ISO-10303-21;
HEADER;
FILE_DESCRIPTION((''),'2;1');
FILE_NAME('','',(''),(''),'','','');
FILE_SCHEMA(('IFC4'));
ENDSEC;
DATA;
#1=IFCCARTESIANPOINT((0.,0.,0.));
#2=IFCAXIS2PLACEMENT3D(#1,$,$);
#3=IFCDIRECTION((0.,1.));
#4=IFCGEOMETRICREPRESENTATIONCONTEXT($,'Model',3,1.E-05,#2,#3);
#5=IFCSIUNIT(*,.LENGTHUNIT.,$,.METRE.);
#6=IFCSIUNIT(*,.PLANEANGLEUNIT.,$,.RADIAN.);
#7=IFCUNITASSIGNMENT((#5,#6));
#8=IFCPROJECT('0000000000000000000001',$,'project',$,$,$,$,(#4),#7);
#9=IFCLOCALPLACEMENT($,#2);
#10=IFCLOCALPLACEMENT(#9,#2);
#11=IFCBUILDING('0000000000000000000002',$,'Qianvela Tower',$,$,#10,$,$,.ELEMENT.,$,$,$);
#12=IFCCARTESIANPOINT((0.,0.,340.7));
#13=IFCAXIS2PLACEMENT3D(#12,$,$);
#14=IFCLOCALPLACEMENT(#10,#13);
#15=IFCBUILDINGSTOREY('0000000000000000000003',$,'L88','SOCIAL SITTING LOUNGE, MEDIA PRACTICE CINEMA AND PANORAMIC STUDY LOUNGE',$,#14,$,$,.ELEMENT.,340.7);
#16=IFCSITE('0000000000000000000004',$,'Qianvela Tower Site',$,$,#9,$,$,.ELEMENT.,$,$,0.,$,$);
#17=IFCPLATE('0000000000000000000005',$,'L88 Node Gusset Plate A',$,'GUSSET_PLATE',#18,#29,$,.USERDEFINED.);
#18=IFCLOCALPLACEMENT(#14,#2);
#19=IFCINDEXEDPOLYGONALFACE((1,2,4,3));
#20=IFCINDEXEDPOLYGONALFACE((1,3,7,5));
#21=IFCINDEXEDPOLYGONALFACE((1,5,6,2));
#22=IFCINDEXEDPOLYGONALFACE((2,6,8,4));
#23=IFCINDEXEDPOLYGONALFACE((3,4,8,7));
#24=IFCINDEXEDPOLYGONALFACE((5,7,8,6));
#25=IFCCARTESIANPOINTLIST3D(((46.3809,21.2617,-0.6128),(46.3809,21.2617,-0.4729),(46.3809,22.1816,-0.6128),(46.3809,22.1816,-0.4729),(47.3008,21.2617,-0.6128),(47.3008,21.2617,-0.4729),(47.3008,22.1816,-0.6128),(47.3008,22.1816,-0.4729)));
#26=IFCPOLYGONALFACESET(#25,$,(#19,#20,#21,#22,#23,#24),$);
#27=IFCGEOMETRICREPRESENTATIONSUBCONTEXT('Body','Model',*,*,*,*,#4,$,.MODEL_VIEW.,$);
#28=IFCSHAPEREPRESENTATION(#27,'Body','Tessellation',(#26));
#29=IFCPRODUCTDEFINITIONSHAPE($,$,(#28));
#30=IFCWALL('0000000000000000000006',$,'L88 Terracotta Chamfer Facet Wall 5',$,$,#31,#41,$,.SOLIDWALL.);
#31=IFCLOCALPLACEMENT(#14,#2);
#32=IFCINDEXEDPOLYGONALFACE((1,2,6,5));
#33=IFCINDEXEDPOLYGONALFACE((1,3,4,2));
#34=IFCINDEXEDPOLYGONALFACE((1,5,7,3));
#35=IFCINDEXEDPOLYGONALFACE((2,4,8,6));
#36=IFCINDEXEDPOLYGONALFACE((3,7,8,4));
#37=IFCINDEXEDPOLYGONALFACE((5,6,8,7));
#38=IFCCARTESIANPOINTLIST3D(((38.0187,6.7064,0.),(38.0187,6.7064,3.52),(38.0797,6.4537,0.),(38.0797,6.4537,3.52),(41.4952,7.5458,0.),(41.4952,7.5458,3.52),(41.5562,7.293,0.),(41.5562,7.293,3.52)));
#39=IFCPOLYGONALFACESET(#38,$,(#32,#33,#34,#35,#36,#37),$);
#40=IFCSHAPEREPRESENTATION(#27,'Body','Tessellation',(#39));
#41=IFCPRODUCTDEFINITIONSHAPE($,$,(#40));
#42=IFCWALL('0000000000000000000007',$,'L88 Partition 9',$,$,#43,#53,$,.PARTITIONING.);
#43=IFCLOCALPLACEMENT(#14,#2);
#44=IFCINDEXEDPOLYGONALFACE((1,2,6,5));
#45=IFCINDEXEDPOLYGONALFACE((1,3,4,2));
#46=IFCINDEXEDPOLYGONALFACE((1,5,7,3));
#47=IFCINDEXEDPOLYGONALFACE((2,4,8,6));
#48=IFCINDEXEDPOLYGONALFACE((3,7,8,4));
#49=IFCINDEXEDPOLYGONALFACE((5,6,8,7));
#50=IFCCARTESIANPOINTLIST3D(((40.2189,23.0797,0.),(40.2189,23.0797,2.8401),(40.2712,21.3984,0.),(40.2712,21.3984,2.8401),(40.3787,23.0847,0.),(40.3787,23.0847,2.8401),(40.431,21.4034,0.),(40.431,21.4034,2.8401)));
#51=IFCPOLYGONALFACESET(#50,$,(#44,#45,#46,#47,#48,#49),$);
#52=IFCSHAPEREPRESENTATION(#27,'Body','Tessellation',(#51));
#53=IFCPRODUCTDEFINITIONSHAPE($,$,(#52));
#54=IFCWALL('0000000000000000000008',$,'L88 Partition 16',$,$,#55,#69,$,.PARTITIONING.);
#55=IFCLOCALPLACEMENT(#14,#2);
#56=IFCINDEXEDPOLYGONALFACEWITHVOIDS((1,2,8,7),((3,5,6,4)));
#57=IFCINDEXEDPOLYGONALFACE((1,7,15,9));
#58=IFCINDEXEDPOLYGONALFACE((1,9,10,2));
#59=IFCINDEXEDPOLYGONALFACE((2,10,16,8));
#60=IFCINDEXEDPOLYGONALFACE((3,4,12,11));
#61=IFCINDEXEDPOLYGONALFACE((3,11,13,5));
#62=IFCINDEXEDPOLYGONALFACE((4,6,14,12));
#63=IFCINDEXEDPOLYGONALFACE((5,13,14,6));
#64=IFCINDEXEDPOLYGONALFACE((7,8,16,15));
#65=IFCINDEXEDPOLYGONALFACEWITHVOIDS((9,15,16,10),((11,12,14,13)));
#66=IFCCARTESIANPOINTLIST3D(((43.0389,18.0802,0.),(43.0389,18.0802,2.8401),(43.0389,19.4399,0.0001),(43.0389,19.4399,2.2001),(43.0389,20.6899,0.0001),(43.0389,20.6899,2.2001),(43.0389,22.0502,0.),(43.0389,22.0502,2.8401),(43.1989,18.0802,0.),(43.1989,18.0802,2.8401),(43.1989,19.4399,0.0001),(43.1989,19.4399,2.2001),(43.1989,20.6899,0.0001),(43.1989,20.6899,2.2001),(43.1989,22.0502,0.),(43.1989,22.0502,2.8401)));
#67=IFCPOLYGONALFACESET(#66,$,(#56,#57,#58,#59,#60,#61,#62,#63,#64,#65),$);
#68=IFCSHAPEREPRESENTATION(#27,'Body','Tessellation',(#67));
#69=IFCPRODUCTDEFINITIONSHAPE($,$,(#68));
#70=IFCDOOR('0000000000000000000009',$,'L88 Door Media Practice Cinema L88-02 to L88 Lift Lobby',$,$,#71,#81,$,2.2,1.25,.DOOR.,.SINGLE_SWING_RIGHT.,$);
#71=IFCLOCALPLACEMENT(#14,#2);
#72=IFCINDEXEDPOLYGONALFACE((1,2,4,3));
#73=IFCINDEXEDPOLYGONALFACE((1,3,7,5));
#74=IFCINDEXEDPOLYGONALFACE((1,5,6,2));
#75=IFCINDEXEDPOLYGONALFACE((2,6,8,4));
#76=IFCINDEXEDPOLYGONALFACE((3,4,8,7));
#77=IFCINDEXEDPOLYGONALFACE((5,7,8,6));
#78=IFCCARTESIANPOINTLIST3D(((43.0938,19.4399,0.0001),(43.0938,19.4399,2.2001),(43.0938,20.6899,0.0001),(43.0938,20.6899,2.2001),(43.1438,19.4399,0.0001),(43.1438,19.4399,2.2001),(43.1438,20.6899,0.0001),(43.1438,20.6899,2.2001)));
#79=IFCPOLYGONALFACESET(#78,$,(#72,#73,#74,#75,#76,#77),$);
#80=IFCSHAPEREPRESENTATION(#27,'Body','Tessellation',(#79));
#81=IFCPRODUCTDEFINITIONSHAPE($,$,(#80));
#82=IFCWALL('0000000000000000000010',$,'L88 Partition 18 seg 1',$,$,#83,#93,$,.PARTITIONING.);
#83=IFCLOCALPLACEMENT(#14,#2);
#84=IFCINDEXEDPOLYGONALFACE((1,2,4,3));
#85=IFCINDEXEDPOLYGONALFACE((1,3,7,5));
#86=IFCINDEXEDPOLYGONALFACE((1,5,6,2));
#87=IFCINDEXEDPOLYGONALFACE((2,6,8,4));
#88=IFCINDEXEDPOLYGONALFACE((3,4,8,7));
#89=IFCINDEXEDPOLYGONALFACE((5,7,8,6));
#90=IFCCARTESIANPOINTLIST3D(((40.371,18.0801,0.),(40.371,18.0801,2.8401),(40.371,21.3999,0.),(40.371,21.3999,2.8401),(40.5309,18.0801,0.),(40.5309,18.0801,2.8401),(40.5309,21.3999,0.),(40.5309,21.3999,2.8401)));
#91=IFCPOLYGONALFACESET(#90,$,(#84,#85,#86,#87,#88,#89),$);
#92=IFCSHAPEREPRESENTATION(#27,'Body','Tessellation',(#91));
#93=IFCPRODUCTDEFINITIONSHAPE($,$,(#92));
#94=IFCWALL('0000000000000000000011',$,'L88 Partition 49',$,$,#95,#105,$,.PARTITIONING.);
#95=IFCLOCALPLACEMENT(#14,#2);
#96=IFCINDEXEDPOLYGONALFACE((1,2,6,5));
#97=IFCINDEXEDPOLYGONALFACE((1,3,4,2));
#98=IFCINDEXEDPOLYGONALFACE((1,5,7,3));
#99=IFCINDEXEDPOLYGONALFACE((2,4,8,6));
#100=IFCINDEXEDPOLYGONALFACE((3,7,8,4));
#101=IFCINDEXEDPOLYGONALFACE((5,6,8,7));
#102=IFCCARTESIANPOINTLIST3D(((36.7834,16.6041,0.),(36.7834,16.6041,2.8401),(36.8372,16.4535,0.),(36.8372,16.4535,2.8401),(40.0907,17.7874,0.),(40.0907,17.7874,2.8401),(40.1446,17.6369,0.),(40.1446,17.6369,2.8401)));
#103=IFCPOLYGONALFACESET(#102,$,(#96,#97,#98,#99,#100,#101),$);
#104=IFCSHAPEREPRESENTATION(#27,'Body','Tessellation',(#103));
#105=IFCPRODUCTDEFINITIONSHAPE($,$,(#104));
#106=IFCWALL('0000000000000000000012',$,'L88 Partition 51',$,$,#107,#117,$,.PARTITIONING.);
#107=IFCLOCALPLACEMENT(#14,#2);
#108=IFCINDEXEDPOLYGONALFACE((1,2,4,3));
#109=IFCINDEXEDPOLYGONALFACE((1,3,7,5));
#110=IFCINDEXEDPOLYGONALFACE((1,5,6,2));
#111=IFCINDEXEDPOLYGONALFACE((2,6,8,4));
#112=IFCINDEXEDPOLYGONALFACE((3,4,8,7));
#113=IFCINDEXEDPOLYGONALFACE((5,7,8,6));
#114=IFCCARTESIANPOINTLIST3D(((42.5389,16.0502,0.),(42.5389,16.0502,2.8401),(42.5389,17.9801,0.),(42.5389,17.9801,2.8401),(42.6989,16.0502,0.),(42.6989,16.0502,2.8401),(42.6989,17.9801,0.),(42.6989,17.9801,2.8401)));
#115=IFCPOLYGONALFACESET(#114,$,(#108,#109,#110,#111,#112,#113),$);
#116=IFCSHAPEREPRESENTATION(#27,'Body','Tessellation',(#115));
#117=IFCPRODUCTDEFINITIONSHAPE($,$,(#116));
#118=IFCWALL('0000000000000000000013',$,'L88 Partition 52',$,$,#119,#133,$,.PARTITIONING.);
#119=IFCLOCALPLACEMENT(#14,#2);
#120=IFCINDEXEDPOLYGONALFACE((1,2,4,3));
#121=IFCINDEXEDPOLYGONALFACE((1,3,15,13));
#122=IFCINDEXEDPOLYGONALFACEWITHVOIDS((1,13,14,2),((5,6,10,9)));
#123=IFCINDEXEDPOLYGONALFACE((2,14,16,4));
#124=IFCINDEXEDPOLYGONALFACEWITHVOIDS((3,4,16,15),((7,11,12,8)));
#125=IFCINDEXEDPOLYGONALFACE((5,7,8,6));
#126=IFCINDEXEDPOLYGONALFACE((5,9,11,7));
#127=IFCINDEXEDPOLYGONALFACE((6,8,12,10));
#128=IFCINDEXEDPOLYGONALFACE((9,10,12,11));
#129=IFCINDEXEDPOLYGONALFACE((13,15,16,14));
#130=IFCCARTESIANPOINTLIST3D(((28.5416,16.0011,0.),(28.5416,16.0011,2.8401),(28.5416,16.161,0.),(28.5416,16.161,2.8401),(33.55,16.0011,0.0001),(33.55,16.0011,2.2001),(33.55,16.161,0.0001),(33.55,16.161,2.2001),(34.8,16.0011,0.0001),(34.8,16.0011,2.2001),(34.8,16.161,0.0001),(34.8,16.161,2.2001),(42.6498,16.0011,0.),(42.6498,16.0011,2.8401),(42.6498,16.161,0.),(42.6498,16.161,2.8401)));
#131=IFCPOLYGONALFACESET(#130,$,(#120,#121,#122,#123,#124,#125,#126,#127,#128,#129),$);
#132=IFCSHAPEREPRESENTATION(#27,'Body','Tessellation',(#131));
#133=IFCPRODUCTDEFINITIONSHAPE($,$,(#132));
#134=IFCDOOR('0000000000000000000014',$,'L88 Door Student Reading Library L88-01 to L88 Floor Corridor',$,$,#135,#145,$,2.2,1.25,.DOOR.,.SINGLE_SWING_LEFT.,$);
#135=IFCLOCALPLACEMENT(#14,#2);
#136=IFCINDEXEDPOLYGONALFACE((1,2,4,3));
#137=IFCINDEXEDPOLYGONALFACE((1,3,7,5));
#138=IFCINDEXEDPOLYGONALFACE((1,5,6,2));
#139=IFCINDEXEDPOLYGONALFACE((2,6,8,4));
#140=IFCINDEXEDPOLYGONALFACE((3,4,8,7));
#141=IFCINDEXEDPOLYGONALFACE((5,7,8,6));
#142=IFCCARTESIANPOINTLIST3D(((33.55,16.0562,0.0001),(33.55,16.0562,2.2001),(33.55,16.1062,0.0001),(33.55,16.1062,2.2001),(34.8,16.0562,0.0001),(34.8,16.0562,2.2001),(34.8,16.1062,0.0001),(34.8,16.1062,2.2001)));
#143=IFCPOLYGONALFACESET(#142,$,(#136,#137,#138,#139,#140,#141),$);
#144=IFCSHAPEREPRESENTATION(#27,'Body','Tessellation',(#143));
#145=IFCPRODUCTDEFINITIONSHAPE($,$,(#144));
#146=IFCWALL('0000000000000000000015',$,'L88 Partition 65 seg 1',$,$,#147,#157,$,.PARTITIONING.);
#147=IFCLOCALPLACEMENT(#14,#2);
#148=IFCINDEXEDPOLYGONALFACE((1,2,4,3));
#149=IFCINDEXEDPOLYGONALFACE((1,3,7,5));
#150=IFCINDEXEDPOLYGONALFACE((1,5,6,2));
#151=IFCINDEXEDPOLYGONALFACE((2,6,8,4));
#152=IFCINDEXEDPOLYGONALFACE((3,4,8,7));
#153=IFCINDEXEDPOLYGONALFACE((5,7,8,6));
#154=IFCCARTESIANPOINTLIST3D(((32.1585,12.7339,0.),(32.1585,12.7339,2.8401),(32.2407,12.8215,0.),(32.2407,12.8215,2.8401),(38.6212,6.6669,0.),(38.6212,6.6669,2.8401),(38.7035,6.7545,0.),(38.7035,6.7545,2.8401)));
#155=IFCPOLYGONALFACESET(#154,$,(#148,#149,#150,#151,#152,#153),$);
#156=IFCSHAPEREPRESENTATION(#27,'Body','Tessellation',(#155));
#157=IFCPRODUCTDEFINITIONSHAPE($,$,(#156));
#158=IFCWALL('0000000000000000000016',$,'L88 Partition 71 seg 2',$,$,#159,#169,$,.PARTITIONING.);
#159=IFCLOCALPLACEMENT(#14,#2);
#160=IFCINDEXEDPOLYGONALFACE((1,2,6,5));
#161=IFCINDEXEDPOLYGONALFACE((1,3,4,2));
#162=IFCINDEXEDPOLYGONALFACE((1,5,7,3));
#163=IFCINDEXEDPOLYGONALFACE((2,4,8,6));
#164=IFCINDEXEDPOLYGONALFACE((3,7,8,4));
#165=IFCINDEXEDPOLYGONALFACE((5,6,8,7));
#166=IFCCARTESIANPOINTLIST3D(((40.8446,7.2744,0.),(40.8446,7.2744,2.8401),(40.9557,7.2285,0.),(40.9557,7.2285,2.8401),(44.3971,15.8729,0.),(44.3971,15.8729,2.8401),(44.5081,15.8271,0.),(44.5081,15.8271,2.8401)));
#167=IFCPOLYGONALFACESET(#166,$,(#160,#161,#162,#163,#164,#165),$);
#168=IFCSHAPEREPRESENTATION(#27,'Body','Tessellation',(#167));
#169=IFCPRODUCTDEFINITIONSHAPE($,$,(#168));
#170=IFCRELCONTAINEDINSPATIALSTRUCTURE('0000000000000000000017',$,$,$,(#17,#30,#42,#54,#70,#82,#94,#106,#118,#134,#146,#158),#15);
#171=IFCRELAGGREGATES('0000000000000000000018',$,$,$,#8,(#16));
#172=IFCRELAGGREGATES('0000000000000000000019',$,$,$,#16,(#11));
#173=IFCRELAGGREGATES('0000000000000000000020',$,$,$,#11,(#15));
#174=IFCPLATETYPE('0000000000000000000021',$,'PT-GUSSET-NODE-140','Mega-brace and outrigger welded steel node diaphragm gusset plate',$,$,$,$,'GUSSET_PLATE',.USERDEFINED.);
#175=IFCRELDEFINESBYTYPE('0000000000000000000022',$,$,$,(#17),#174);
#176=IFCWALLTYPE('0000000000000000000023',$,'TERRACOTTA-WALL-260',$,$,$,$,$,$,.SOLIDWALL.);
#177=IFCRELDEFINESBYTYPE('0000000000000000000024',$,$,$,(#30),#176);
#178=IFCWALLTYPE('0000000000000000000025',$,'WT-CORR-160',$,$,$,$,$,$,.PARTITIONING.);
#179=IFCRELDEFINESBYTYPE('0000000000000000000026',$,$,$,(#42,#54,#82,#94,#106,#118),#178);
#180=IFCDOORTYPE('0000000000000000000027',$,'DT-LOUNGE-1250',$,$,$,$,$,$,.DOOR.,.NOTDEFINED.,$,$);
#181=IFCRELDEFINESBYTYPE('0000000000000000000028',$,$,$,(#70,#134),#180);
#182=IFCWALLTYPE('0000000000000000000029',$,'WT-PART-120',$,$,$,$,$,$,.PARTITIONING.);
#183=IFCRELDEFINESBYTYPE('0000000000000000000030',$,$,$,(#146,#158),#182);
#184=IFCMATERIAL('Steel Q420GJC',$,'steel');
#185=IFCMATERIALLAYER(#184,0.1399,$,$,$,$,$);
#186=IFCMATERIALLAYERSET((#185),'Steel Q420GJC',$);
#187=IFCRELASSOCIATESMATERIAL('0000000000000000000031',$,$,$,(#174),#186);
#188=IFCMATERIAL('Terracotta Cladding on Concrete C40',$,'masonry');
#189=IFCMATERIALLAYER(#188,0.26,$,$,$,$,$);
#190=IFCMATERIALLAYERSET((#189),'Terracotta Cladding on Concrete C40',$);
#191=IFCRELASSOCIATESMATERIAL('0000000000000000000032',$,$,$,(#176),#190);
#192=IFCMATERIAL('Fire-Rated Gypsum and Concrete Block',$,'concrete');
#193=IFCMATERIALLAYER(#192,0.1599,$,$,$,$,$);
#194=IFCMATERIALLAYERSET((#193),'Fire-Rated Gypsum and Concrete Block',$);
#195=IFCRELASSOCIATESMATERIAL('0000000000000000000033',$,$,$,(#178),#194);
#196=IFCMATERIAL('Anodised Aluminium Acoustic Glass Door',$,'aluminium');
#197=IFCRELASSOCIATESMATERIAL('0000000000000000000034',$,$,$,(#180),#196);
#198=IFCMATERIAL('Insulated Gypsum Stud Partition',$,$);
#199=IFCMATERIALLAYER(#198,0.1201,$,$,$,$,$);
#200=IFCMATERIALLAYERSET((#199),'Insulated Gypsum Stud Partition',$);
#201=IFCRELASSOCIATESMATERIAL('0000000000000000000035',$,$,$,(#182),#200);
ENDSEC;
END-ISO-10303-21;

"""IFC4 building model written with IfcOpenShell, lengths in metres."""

from ifc_helpers import new_model, si_unit, direction, frame, frame_2d, origin, origin_2d, place, context, subcontext, project, spatial, rectangle, extrude, material, layer, layer_set, type_object, element, fill, save


model = new_model("IFC4")

# Units and contexts
model_context = context("Model", 3, precision=1e-05, world=origin(), true_north=direction((0.0, 1.0)))
body_context = subcontext(model_context, "Body", "Model", "MODEL_VIEW")
ifc_project = project(units=[si_unit("LENGTHUNIT", "METRE"), si_unit("PLANEANGLEUNIT", "RADIAN")], contexts=[model_context])

# Site, building, storey
site_placement = place(None, origin())
site = spatial("IfcSite", under=ifc_project, at=site_placement, Name="Qianvela Tower Site", CompositionType="ELEMENT", RefElevation=0.0)
building_placement = place(site_placement, origin())
building = spatial("IfcBuilding", under=site, at=building_placement, Name="Qianvela Tower", CompositionType="ELEMENT")
storey_placement = place(building_placement, frame((0.0, 0.0, 340.7)))
storey = spatial("IfcBuildingStorey", under=building, at=storey_placement, Name="L88", Description="SOCIAL SITTING LOUNGE, MEDIA PRACTICE CINEMA AND PANORAMIC STUDY LOUNGE", CompositionType="ELEMENT", Elevation=340.7)

# Plate
ifc_material_1 = material(Name="Steel Q420GJC", Category="steel")
ifc_layer_1 = layer(ifc_material_1, 0.1399)
ifc_layer_set_1 = layer_set([ifc_layer_1], Name="Steel Q420GJC")
plate_type_1 = type_object("IfcPlateType", Name="PT-GUSSET-NODE-140", Description="Mega-brace and outrigger welded steel node diaphragm gusset plate", ElementType="GUSSET_PLATE", PredefinedType="USERDEFINED", material=ifc_layer_set_1)
plate_1_placement = place(storey_placement, frame((46.8408, 21.7217, -0.6128), z_axis=(0.0, 0.0, 1.0), x_axis=(1.0, 0.0, 0.0)))
element("IfcPlate", 1, at=plate_1_placement, inside=storey, type_object=plate_type_1, Name="L88 Node Gusset Plate A", ObjectType="GUSSET_PLATE", PredefinedType="USERDEFINED", context=body_context, shape_type="SweptSolid", body=[
    extrude(rectangle(XDim=0.9199, YDim=0.9199, at=origin_2d()), origin(), (0.0, 0.0, 1.0), 0.1399),
])

# Walls
ifc_material_2 = material(Name="Terracotta Cladding on Concrete C40", Category="masonry")
ifc_layer_2 = layer(ifc_material_2, 0.26)
ifc_layer_set_2 = layer_set([ifc_layer_2], Name="Terracotta Cladding on Concrete C40")
wall_type_1 = type_object("IfcWallType", Name="TERRACOTTA-WALL-260", PredefinedType="SOLIDWALL", material=ifc_layer_set_2)
wall_1_placement = place(storey_placement, frame((38.0493, 6.5801, 0.0), z_axis=(0.0, 0.0, 1.0), x_axis=(0.97207, 0.234689, 0.0)))
element("IfcWall", 2, at=wall_1_placement, inside=storey, type_object=wall_type_1, Name="L88 Terracotta Chamfer Facet Wall 5", PredefinedType="SOLIDWALL", context=body_context, shape_type="SweptSolid", body=[
    extrude(rectangle(XDim=3.5764, YDim=0.26, at=frame_2d((1.7881, 0.0))), origin(), (0.0, 0.0, 1.0), 3.52),
])
ifc_material_3 = material(Name="Fire-Rated Gypsum and Concrete Block", Category="concrete")
ifc_layer_3 = layer(ifc_material_3, 0.1599)
ifc_layer_set_3 = layer_set([ifc_layer_3], Name="Fire-Rated Gypsum and Concrete Block")
wall_type_2 = type_object("IfcWallType", Name="WT-CORR-160", PredefinedType="PARTITIONING", material=ifc_layer_set_3)
wall_2_placement = place(storey_placement, frame((40.3511, 21.4009, 0.0), z_axis=(0.0, 0.0, 1.0), x_axis=(-0.031058, 0.999518, 0.0)))
element("IfcWall", 3, at=wall_2_placement, inside=storey, type_object=wall_type_2, Name="L88 Partition 9", PredefinedType="PARTITIONING", context=body_context, shape_type="SweptSolid", body=[
    extrude(rectangle(XDim=1.6821, YDim=0.1599, at=frame_2d((0.8411, 0.0))), origin(), (0.0, 0.0, 1.0), 2.8401),
])

# Wall, opening, door
wall_3_placement = place(storey_placement, frame((43.1189, 22.05, 0.0), z_axis=(0.0, 0.0, 1.0), x_axis=(0.0, -1.0, 0.0)))
wall_3 = element("IfcWall", 4, at=wall_3_placement, inside=storey, type_object=wall_type_2, Name="L88 Partition 16", PredefinedType="PARTITIONING", context=body_context, shape_type="SweptSolid", body=[
    extrude(rectangle(XDim=3.97, YDim=0.1599, at=frame_2d((1.9849, 0.0))), origin(), (0.0, 0.0, 1.0), 2.8401),
])
opening_1_placement = place(wall_3_placement, frame((1.3601, 0.0, 0.0)))
opening_1 = element("IfcOpeningElement", 5, at=opening_1_placement, cuts=wall_3, PredefinedType="OPENING", context=body_context, shape_type="SweptSolid", body=[
    extrude(rectangle(XDim=1.25, YDim=2.2, at=frame_2d((0.625, 1.1001))), frame((0.0, 0.0898, 0.0), z_axis=(0.0, -1.0, 0.0), x_axis=(1.0, 0.0, 0.0)), (0.0, 0.0, 1.0), 0.1799),
])
ifc_material_4 = material(Name="Anodised Aluminium Acoustic Glass Door", Category="aluminium")
door_type_1 = type_object("IfcDoorType", Name="DT-LOUNGE-1250", OperationType="NOTDEFINED", PredefinedType="DOOR", material=ifc_material_4)
door_1_placement = place(opening_1_placement, origin())
door_1 = element("IfcDoor", 6, at=door_1_placement, inside=storey, type_object=door_type_1, Name="L88 Door Media Practice Cinema L88-02 to L88 Lift Lobby", OperationType="SINGLE_SWING_RIGHT", OverallHeight=2.2, OverallWidth=1.25, PredefinedType="DOOR", context=body_context, shape_type="SweptSolid", body=[
    extrude(rectangle(XDim=1.25, YDim=2.2, at=frame_2d((0.625, 1.1001))), frame((0.0, 0.0249, 0.0), z_axis=(0.0, -1.0, 0.0), x_axis=(1.0, 0.0, 0.0)), (0.0, 0.0, 1.0), 0.05),
])
fill(opening_1, door_1)

# Walls
wall_4_placement = place(storey_placement, frame((40.4509, 18.0801, 0.0), z_axis=(0.0, 0.0, 1.0), x_axis=(0.0, 1.0, 0.0)))
element("IfcWall", 7, at=wall_4_placement, inside=storey, type_object=wall_type_2, Name="L88 Partition 18 seg 1", PredefinedType="PARTITIONING", context=body_context, shape_type="SweptSolid", body=[
    extrude(rectangle(XDim=3.3198, YDim=0.1599, at=frame_2d((1.6599, 0.0))), origin(), (0.0, 0.0, 1.0), 2.8401),
])
wall_5_placement = place(storey_placement, frame((36.8103, 16.5288, 0.0), z_axis=(0.0, 0.0, 1.0), x_axis=(0.941548, 0.336878, 0.0)))
element("IfcWall", 8, at=wall_5_placement, inside=storey, type_object=wall_type_2, Name="L88 Partition 49", PredefinedType="PARTITIONING", context=body_context, shape_type="SweptSolid", body=[
    extrude(rectangle(XDim=3.5127, YDim=0.1599, at=frame_2d((1.7563, 0.0))), origin(), (0.0, 0.0, 1.0), 2.8401),
])
wall_6_placement = place(storey_placement, frame((42.6189, 17.98, 0.0), z_axis=(0.0, 0.0, 1.0), x_axis=(0.0, -1.0, 0.0)))
element("IfcWall", 9, at=wall_6_placement, inside=storey, type_object=wall_type_2, Name="L88 Partition 51", PredefinedType="PARTITIONING", context=body_context, shape_type="SweptSolid", body=[
    extrude(rectangle(XDim=1.9299, YDim=0.1599, at=frame_2d((0.9648, 0.0))), origin(), (0.0, 0.0, 1.0), 2.8401),
])

# Wall, opening, door
wall_7_placement = place(storey_placement, frame((42.6499, 16.0811, 0.0), z_axis=(0.0, 0.0, 1.0), x_axis=(-1.0, 0.0, 0.0)))
wall_7 = element("IfcWall", 10, at=wall_7_placement, inside=storey, type_object=wall_type_2, Name="L88 Partition 52", PredefinedType="PARTITIONING", context=body_context, shape_type="SweptSolid", body=[
    extrude(rectangle(XDim=14.1082, YDim=0.1599, at=frame_2d((7.0542, 0.0))), origin(), (0.0, 0.0, 1.0), 2.8401),
])
opening_2_placement = place(wall_7_placement, frame((7.8499, 0.0, 0.0)))
opening_2 = element("IfcOpeningElement", 11, at=opening_2_placement, cuts=wall_7, PredefinedType="OPENING", context=body_context, shape_type="SweptSolid", body=[
    extrude(rectangle(XDim=1.25, YDim=2.2, at=frame_2d((0.625, 1.1001))), frame((0.0, 0.0898, 0.0), z_axis=(0.0, -1.0, 0.0), x_axis=(1.0, 0.0, 0.0)), (0.0, 0.0, 1.0), 0.1799),
])
door_2_placement = place(opening_2_placement, origin())
door_2 = element("IfcDoor", 12, at=door_2_placement, inside=storey, type_object=door_type_1, Name="L88 Door Student Reading Library L88-01 to L88 Floor Corridor", OperationType="SINGLE_SWING_LEFT", OverallHeight=2.2, OverallWidth=1.25, PredefinedType="DOOR", context=body_context, shape_type="SweptSolid", body=[
    extrude(rectangle(XDim=1.25, YDim=2.2, at=frame_2d((0.625, 1.1001))), frame((0.0, 0.0249, 0.0), z_axis=(0.0, -1.0, 0.0), x_axis=(1.0, 0.0, 0.0)), (0.0, 0.0, 1.0), 0.05),
])
fill(opening_2, door_2)

# Walls
ifc_material_5 = material(Name="Insulated Gypsum Stud Partition")
ifc_layer_4 = layer(ifc_material_5, 0.1201)
ifc_layer_set_4 = layer_set([ifc_layer_4], Name="Insulated Gypsum Stud Partition")
wall_type_3 = type_object("IfcWallType", Name="WT-PART-120", PredefinedType="PARTITIONING", material=ifc_layer_set_4)
wall_8_placement = place(storey_placement, frame((38.6624, 6.7107, 0.0), z_axis=(0.0, 0.0, 1.0), x_axis=(-0.729078, 0.684431, 0.0)))
element("IfcWall", 13, at=wall_8_placement, inside=storey, type_object=wall_type_3, Name="L88 Partition 65 seg 1", PredefinedType="PARTITIONING", context=body_context, shape_type="SweptSolid", body=[
    extrude(rectangle(XDim=8.8643, YDim=0.1201, at=frame_2d((4.4321, 0.0))), origin(), (0.0, 0.0, 1.0), 2.8401),
])
wall_9_placement = place(storey_placement, frame((44.4526, 15.8501, 0.0), z_axis=(0.0, 0.0, 1.0), x_axis=(-0.381841, -0.924228, 0.0)))
element("IfcWall", 14, at=wall_9_placement, inside=storey, type_object=wall_type_3, Name="L88 Partition 71 seg 2", PredefinedType="PARTITIONING", context=body_context, shape_type="SweptSolid", body=[
    extrude(rectangle(XDim=9.3035, YDim=0.1201, at=frame_2d((4.6519, 0.0))), origin(), (0.0, 0.0, 1.0), 2.8401),
])

save(model, "model.ifc")
